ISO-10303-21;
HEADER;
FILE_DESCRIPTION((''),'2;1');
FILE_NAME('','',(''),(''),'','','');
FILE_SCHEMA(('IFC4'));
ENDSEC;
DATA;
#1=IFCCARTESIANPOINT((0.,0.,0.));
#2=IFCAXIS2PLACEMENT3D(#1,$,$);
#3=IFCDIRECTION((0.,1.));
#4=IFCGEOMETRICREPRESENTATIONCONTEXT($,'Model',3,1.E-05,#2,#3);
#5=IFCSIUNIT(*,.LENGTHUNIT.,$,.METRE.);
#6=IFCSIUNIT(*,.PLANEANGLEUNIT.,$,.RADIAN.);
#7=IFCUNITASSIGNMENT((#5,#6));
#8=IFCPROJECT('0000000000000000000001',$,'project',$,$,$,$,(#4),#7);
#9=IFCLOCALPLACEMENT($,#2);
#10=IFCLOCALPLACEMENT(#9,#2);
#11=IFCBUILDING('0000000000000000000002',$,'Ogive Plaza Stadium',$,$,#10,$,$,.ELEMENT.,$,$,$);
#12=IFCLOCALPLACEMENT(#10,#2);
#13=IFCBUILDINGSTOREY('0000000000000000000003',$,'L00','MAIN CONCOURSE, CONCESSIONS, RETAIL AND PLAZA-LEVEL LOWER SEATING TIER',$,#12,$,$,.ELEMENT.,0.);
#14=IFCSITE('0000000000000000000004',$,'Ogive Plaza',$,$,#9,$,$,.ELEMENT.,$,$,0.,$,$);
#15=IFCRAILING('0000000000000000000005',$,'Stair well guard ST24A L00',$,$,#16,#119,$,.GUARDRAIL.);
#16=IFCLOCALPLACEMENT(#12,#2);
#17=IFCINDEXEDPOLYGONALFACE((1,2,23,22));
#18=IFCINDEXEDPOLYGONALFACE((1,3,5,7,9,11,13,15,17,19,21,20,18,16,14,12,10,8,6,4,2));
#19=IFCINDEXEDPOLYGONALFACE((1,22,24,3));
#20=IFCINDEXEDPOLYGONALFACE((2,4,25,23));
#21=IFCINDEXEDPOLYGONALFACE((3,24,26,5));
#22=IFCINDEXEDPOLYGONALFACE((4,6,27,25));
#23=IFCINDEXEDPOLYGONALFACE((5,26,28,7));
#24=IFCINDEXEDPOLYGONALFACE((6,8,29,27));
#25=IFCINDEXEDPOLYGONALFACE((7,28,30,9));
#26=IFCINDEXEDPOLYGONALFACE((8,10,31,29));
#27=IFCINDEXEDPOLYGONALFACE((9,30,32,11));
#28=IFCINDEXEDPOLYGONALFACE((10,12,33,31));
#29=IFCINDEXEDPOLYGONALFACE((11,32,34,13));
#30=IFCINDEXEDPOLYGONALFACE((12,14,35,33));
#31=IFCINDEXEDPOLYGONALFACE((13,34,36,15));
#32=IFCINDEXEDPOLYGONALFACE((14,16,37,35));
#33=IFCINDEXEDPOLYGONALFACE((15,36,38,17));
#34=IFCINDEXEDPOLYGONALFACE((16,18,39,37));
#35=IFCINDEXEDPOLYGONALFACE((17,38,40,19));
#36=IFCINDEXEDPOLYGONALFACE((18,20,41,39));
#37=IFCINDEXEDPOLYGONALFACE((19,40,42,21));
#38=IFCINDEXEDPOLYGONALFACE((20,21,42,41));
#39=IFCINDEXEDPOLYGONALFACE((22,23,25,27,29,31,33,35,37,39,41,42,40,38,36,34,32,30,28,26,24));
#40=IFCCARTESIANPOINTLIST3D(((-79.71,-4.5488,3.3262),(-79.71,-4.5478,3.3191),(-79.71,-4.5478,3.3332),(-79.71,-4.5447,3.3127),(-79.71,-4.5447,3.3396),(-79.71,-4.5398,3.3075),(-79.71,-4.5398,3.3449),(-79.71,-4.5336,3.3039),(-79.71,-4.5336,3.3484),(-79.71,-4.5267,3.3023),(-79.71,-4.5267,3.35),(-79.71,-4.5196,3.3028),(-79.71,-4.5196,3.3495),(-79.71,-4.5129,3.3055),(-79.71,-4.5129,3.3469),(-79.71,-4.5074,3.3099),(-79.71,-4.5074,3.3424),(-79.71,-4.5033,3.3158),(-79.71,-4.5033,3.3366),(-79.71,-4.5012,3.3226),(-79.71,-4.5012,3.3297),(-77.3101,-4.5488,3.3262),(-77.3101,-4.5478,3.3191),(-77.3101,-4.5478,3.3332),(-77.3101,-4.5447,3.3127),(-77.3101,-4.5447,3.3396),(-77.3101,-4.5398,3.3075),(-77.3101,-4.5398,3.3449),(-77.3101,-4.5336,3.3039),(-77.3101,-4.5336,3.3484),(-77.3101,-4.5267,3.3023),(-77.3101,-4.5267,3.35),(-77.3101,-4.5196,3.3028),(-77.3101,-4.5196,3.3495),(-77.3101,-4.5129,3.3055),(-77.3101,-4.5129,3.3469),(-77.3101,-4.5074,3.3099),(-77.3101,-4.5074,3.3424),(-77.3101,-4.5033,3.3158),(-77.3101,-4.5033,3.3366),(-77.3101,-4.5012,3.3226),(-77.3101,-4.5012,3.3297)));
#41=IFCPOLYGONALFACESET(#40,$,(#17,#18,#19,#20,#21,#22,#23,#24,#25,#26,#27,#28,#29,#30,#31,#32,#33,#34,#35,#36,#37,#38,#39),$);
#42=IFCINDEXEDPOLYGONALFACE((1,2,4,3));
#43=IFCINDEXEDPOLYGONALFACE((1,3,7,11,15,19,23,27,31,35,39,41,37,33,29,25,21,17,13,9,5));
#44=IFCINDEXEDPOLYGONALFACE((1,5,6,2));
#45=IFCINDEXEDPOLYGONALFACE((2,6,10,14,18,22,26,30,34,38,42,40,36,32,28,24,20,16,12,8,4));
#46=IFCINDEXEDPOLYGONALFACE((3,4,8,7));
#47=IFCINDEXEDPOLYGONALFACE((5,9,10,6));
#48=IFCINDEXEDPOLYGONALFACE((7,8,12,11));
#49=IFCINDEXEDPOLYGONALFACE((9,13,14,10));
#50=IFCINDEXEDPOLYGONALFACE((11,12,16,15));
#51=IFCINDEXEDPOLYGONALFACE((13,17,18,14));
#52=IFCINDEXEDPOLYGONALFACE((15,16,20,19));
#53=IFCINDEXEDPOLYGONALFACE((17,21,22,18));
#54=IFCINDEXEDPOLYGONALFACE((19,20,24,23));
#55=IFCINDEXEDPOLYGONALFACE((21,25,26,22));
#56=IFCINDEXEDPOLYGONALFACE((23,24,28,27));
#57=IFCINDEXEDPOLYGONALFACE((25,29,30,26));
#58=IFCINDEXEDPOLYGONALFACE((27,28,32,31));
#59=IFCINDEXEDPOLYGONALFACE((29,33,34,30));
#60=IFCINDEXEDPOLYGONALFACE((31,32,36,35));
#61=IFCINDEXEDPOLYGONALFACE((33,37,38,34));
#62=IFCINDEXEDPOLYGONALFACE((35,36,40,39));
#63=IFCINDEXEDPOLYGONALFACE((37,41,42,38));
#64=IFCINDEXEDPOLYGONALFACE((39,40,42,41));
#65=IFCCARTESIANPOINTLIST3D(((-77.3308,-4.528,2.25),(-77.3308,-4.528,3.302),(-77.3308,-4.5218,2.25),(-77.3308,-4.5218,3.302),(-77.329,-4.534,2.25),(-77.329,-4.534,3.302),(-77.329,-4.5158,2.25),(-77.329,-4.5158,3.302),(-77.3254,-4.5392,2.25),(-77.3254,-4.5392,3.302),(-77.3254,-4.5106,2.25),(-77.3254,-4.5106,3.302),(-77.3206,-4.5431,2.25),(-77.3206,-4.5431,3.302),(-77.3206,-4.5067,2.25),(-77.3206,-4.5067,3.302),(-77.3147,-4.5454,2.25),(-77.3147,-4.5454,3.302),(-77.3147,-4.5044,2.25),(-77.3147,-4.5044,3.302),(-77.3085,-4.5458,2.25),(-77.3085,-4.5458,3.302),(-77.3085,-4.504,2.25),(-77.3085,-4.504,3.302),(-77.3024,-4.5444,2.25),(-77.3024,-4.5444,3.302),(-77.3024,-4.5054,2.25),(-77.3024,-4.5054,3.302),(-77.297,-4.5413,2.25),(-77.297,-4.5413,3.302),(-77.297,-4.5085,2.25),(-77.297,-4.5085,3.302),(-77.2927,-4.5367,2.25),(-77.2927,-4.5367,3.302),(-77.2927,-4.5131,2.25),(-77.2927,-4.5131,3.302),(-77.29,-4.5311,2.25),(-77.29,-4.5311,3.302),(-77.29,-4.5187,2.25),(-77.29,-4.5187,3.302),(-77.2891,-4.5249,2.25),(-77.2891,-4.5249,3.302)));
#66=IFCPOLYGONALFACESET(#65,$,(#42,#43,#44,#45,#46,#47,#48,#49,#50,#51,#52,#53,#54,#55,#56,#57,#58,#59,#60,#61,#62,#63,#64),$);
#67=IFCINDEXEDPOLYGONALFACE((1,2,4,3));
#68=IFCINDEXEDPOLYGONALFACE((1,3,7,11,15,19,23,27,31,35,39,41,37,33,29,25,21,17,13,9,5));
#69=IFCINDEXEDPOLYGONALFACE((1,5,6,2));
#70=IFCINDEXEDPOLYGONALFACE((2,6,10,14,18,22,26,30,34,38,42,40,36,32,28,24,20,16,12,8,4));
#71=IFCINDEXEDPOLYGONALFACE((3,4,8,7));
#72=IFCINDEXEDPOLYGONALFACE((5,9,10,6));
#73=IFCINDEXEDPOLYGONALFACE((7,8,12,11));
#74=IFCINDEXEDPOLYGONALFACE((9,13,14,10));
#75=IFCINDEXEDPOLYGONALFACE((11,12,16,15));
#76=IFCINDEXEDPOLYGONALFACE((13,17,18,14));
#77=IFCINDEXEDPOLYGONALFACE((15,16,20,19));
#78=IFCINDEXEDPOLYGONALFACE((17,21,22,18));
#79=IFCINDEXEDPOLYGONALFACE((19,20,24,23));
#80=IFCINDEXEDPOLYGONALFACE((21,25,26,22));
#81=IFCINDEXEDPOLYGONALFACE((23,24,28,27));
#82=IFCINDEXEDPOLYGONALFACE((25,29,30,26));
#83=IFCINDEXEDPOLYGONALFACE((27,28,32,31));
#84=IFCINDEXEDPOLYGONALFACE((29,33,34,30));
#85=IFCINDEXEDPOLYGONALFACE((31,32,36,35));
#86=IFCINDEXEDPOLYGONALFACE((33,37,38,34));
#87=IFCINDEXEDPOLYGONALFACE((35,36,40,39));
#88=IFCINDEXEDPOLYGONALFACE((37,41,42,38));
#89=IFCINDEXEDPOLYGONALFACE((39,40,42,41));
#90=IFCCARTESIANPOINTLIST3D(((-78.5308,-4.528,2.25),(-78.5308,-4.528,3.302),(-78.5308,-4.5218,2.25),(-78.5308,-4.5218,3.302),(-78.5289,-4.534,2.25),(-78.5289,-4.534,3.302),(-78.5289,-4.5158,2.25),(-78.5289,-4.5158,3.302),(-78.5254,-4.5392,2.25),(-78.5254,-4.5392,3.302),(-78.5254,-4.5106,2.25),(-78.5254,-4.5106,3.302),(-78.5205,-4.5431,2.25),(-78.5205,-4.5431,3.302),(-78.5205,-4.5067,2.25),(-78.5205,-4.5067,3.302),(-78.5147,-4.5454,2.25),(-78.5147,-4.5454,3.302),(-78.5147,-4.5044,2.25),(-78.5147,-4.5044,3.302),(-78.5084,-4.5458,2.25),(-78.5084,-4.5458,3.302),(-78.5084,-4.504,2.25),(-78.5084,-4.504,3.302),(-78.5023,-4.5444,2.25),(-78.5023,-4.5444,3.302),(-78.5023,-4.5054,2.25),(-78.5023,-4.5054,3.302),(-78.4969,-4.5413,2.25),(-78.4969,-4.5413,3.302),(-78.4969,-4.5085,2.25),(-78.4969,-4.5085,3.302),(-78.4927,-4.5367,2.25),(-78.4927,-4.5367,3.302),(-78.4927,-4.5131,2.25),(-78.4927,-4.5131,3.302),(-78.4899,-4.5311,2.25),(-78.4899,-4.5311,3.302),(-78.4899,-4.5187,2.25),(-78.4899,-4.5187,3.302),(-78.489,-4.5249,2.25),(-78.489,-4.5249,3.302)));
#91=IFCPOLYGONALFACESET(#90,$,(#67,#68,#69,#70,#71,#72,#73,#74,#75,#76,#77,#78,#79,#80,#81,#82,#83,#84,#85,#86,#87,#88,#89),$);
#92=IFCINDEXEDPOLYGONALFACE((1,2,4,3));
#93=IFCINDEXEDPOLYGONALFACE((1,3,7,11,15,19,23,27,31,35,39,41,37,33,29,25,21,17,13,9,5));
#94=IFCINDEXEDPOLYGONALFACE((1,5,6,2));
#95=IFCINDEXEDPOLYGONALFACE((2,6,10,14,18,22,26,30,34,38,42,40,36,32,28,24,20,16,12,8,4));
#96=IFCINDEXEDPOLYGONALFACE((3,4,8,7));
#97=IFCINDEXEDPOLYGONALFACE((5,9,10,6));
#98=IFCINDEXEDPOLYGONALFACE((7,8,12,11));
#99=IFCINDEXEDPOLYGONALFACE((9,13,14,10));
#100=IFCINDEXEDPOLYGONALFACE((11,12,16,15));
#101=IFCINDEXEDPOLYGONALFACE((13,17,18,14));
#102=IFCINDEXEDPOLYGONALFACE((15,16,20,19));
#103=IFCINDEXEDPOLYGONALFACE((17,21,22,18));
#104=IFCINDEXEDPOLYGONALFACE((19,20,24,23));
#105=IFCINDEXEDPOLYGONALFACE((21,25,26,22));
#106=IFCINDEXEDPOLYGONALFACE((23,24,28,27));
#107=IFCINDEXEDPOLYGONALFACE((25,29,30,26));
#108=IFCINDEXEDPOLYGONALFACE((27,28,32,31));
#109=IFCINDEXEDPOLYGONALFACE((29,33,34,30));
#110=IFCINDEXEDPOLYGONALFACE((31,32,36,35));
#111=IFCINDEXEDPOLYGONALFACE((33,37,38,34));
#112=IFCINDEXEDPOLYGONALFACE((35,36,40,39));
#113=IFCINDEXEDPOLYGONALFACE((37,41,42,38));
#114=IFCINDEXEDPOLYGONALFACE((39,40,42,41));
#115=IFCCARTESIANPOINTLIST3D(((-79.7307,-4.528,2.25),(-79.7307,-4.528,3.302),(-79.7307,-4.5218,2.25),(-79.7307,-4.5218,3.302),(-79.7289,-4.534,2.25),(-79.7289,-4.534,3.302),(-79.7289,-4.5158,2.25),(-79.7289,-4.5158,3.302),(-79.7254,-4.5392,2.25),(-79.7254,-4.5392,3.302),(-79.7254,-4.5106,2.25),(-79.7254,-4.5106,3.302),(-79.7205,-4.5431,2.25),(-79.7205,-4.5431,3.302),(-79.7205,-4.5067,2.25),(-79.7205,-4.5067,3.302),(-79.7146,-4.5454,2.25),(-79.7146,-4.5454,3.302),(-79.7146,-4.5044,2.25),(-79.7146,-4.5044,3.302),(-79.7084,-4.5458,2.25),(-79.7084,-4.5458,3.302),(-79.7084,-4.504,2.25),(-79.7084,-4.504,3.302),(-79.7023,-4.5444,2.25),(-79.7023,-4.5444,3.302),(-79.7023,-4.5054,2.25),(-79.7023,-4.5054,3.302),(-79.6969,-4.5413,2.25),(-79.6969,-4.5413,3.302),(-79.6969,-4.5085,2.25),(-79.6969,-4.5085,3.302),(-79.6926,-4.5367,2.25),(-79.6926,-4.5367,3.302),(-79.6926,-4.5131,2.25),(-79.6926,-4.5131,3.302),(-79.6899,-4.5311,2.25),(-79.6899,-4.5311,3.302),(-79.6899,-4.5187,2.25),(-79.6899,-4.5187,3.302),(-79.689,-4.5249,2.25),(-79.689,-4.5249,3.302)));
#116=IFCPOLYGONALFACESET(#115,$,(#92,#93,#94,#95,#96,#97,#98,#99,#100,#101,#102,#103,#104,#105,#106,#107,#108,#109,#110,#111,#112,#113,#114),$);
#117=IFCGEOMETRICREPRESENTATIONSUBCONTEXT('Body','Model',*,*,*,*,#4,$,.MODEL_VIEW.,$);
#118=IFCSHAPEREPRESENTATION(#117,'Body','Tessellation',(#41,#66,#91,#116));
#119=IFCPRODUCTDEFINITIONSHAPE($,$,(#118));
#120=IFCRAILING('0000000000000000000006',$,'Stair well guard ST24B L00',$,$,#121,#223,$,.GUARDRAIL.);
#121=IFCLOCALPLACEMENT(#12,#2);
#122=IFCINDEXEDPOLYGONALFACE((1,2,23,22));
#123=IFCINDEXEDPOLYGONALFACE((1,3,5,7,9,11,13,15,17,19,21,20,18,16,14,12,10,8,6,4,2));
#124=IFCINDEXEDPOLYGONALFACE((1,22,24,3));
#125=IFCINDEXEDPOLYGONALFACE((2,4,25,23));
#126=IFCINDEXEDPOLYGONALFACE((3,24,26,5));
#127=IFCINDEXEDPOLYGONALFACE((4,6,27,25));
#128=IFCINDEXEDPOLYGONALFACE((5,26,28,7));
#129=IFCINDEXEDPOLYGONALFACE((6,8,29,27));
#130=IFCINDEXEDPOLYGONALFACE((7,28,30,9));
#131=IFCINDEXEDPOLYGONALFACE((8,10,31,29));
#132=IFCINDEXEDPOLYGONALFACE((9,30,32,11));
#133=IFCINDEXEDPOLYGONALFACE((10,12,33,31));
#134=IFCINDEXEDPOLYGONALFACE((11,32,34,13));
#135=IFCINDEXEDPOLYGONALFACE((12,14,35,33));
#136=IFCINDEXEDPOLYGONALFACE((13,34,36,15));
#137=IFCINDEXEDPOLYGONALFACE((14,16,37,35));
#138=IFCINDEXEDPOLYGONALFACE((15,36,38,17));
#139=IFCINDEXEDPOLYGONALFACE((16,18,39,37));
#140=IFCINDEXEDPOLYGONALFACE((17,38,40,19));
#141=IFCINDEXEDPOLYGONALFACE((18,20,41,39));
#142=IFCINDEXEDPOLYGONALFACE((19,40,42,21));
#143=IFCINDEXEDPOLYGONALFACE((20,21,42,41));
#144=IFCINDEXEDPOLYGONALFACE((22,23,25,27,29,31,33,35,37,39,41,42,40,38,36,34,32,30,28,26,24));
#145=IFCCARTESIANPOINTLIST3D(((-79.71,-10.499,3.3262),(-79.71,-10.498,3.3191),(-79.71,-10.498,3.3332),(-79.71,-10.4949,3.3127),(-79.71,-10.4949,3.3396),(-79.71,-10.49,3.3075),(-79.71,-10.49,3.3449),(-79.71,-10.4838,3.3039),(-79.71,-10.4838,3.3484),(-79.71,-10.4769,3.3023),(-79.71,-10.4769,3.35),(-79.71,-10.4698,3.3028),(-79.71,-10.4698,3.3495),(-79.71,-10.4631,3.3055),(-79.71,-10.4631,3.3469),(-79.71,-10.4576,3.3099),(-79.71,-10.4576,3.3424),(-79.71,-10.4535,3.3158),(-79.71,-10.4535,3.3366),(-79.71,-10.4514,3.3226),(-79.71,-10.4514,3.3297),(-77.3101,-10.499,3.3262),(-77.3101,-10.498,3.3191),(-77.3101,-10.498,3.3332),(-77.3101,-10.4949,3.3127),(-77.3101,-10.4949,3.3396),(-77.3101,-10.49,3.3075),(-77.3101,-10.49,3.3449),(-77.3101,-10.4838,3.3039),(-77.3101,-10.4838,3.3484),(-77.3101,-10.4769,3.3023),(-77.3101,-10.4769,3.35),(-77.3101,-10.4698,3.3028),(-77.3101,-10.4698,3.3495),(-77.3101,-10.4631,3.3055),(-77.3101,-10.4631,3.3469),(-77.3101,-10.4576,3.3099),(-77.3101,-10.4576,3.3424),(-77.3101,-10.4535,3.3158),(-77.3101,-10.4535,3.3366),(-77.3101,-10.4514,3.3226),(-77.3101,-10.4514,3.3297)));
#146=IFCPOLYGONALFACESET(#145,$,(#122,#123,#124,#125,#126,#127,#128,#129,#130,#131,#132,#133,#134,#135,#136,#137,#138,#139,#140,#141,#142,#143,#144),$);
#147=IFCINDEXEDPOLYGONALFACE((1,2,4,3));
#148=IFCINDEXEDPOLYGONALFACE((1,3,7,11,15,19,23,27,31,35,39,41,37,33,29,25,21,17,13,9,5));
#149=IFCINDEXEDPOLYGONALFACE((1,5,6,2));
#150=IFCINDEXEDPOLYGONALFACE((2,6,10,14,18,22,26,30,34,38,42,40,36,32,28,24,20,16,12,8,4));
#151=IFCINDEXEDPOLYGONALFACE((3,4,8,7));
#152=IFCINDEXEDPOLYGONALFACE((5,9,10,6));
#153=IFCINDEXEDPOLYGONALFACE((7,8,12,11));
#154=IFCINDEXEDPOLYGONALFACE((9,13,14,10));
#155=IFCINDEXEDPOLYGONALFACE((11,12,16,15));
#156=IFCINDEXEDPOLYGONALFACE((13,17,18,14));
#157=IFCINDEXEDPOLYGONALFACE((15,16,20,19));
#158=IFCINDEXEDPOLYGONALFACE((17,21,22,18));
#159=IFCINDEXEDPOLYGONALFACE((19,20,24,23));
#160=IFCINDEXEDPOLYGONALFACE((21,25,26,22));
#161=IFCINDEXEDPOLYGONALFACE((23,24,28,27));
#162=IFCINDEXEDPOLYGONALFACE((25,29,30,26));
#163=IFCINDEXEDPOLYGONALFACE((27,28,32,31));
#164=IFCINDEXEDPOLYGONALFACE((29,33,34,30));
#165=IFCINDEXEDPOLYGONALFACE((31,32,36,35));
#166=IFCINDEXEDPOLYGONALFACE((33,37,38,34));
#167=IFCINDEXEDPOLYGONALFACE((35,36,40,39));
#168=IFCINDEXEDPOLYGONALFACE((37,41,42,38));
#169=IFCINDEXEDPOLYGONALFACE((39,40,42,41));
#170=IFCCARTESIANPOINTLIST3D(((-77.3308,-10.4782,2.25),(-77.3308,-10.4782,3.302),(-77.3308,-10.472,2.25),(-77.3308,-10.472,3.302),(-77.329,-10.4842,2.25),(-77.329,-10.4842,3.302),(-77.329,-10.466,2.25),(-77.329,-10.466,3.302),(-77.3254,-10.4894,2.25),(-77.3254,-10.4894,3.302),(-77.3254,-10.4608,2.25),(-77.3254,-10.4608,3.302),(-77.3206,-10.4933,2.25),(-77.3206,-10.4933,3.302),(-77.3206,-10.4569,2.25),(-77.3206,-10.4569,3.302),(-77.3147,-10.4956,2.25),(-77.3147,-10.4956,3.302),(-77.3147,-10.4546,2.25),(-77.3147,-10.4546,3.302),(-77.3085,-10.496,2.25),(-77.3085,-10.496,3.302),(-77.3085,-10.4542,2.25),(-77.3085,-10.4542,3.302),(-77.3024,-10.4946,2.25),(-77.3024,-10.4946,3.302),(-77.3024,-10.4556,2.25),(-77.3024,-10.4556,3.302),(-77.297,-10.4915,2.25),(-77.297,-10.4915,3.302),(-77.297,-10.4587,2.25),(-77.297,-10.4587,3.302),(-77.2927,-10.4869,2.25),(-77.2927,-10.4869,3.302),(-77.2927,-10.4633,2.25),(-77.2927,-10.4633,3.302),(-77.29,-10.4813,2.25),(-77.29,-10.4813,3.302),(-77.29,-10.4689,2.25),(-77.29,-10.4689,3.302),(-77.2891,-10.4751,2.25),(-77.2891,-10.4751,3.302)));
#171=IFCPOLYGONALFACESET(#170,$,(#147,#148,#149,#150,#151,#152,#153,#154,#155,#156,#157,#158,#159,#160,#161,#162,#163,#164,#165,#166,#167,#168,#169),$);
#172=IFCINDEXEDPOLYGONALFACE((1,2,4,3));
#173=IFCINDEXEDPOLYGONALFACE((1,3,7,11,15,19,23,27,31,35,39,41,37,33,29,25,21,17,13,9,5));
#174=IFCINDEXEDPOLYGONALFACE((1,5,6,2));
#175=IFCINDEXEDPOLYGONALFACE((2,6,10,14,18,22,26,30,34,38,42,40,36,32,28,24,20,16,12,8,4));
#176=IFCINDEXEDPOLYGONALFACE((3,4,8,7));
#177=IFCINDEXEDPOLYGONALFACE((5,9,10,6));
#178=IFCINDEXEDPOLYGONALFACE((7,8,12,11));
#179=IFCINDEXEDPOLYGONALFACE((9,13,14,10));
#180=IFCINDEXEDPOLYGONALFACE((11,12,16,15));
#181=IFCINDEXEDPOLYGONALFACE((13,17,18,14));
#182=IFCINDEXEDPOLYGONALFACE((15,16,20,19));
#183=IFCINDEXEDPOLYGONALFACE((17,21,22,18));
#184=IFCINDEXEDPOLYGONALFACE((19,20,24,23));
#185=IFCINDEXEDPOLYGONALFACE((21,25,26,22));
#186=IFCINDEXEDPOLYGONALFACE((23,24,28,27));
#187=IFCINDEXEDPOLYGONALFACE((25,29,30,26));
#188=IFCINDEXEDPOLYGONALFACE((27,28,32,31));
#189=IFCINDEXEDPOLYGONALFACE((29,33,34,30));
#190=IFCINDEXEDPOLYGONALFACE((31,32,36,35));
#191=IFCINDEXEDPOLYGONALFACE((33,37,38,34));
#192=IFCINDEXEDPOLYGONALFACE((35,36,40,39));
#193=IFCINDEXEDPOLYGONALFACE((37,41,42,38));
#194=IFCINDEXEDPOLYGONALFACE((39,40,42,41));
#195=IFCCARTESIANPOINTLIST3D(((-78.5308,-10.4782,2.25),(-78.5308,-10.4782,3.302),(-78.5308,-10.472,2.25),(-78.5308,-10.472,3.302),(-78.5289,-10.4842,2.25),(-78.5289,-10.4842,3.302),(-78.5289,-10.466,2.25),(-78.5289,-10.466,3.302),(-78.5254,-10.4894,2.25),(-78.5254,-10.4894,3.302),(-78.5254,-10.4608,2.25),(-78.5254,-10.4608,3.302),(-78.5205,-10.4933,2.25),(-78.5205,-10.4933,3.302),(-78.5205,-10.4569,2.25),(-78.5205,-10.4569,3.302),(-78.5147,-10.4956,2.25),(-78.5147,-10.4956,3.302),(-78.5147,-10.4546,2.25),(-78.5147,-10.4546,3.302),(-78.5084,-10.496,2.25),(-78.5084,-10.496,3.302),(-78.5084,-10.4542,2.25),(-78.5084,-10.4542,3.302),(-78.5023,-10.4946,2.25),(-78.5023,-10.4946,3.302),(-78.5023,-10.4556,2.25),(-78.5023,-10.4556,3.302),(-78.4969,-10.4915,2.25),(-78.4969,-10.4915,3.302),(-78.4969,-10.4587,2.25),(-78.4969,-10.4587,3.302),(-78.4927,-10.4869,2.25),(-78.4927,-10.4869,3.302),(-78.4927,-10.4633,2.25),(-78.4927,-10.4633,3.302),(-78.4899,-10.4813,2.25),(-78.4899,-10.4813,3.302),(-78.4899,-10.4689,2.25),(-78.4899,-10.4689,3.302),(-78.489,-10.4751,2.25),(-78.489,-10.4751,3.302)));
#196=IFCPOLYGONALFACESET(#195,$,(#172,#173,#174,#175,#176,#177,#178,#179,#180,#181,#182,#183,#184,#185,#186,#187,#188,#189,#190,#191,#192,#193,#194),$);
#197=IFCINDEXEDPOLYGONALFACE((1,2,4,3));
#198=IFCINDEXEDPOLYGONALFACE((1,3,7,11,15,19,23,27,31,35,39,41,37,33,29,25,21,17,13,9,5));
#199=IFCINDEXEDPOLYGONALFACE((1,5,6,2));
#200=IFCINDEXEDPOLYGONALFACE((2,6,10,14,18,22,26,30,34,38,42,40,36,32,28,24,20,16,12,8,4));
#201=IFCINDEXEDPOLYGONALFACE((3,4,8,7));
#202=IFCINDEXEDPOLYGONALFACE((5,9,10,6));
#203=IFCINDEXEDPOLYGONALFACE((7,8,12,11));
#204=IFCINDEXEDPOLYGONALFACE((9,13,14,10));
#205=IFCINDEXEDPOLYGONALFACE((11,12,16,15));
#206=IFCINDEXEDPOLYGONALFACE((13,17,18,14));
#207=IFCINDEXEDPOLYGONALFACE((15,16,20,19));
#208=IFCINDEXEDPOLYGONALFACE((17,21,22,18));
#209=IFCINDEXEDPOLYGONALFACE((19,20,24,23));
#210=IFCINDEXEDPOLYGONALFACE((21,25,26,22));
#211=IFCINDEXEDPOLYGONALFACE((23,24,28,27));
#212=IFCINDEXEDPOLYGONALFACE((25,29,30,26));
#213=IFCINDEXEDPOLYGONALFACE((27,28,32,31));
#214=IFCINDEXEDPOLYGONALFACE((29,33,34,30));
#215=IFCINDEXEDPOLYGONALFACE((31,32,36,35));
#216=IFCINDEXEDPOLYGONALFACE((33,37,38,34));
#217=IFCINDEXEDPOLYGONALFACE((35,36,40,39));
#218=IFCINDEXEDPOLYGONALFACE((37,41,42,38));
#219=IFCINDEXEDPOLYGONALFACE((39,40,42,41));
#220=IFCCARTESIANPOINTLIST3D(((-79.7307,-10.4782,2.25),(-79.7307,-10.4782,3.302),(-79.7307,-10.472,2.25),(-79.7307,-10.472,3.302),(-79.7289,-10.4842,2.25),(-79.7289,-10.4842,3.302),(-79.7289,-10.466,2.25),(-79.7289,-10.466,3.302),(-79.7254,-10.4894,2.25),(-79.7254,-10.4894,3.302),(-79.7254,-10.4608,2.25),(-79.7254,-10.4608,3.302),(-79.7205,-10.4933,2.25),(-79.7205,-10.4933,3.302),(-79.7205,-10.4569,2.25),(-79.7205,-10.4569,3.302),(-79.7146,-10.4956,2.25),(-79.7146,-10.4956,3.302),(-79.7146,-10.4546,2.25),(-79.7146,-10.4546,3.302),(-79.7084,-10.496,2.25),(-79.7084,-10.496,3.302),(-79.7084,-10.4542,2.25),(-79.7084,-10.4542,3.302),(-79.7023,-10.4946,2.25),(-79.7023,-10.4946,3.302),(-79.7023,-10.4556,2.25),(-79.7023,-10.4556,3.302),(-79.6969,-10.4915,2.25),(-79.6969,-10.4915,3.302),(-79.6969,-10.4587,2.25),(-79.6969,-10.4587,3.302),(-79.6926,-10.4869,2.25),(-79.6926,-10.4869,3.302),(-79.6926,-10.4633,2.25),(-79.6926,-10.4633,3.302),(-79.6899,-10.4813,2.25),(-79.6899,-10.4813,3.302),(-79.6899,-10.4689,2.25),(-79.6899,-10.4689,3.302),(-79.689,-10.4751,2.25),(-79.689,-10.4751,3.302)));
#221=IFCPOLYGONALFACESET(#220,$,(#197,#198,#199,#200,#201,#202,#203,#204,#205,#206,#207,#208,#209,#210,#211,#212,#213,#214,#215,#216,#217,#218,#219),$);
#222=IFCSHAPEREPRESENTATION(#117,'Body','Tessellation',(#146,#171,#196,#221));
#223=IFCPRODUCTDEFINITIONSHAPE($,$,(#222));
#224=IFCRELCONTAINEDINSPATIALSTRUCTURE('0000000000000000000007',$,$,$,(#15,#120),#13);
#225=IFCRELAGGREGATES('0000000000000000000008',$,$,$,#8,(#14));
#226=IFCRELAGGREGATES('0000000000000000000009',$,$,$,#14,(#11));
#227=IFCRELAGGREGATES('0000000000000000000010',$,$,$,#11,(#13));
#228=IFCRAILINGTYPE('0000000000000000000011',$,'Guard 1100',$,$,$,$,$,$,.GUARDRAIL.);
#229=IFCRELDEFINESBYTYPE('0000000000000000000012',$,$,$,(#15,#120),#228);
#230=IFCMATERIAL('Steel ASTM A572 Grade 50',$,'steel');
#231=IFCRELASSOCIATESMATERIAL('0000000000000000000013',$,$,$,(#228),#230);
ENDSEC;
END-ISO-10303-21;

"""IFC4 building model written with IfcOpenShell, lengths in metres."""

from ifc_helpers import new_model, si_unit, direction, frame, origin, origin_2d, place, context, subcontext, project, spatial, circle, extrude, material, type_object, element, save


model = new_model("IFC4")

# Units and contexts
model_context = context("Model", 3, precision=1e-05, world=origin(), true_north=direction((0.0, 1.0)))
body_context = subcontext(model_context, "Body", "Model", "MODEL_VIEW")
ifc_project = project(units=[si_unit("LENGTHUNIT", "METRE"), si_unit("PLANEANGLEUNIT", "RADIAN")], contexts=[model_context])

# Site, building, storey
site_placement = place(None, origin())
site = spatial("IfcSite", under=ifc_project, at=site_placement, Name="Ogive Plaza", CompositionType="ELEMENT", RefElevation=0.0)
building_placement = place(site_placement, origin())
building = spatial("IfcBuilding", under=site, at=building_placement, Name="Ogive Plaza Stadium", CompositionType="ELEMENT")
storey_placement = place(building_placement, origin())
storey = spatial("IfcBuildingStorey", under=building, at=storey_placement, Name="L00", Description="MAIN CONCOURSE, CONCESSIONS, RETAIL AND PLAZA-LEVEL LOWER SEATING TIER", CompositionType="ELEMENT", Elevation=0.0)

# Railings
ifc_material_1 = material(Name="Steel ASTM A572 Grade 50", Category="steel")
railing_type_1 = type_object("IfcRailingType", Name="Guard 1100", PredefinedType="GUARDRAIL", material=ifc_material_1)
for number, where, name in (
    (1, (-77.3101, -4.5249, 2.25), "Stair well guard ST24A L00"),
    (2, (-77.3101, -10.4751, 2.25), "Stair well guard ST24B L00"),
):
    element("IfcRailing", number, at=place(storey_placement, frame(where)), inside=storey, type_object=railing_type_1, Name=name, PredefinedType="GUARDRAIL", context=body_context, shape_type="SweptSolid", body=[
        extrude(circle(Radius=0.0239, at=origin_2d()), frame((0.0, 0.0, 1.0762), z_axis=(-1.0, 0.0, 0.0), x_axis=(0.0, -1.0, 0.0)), (0.0, 0.0, 1.0), 2.3999),
        extrude(circle(Radius=0.021, at=origin_2d()), origin(), (0.0, 0.0, 1.0), 1.052),
        extrude(circle(Radius=0.021, at=origin_2d()), frame((-1.2, 0.0, 0.0)), (0.0, 0.0, 1.0), 1.052),
        extrude(circle(Radius=0.021, at=origin_2d()), frame((-2.3999, 0.0, 0.0)), (0.0, 0.0, 1.0), 1.052),
    ])

save(model, "model.ifc")
